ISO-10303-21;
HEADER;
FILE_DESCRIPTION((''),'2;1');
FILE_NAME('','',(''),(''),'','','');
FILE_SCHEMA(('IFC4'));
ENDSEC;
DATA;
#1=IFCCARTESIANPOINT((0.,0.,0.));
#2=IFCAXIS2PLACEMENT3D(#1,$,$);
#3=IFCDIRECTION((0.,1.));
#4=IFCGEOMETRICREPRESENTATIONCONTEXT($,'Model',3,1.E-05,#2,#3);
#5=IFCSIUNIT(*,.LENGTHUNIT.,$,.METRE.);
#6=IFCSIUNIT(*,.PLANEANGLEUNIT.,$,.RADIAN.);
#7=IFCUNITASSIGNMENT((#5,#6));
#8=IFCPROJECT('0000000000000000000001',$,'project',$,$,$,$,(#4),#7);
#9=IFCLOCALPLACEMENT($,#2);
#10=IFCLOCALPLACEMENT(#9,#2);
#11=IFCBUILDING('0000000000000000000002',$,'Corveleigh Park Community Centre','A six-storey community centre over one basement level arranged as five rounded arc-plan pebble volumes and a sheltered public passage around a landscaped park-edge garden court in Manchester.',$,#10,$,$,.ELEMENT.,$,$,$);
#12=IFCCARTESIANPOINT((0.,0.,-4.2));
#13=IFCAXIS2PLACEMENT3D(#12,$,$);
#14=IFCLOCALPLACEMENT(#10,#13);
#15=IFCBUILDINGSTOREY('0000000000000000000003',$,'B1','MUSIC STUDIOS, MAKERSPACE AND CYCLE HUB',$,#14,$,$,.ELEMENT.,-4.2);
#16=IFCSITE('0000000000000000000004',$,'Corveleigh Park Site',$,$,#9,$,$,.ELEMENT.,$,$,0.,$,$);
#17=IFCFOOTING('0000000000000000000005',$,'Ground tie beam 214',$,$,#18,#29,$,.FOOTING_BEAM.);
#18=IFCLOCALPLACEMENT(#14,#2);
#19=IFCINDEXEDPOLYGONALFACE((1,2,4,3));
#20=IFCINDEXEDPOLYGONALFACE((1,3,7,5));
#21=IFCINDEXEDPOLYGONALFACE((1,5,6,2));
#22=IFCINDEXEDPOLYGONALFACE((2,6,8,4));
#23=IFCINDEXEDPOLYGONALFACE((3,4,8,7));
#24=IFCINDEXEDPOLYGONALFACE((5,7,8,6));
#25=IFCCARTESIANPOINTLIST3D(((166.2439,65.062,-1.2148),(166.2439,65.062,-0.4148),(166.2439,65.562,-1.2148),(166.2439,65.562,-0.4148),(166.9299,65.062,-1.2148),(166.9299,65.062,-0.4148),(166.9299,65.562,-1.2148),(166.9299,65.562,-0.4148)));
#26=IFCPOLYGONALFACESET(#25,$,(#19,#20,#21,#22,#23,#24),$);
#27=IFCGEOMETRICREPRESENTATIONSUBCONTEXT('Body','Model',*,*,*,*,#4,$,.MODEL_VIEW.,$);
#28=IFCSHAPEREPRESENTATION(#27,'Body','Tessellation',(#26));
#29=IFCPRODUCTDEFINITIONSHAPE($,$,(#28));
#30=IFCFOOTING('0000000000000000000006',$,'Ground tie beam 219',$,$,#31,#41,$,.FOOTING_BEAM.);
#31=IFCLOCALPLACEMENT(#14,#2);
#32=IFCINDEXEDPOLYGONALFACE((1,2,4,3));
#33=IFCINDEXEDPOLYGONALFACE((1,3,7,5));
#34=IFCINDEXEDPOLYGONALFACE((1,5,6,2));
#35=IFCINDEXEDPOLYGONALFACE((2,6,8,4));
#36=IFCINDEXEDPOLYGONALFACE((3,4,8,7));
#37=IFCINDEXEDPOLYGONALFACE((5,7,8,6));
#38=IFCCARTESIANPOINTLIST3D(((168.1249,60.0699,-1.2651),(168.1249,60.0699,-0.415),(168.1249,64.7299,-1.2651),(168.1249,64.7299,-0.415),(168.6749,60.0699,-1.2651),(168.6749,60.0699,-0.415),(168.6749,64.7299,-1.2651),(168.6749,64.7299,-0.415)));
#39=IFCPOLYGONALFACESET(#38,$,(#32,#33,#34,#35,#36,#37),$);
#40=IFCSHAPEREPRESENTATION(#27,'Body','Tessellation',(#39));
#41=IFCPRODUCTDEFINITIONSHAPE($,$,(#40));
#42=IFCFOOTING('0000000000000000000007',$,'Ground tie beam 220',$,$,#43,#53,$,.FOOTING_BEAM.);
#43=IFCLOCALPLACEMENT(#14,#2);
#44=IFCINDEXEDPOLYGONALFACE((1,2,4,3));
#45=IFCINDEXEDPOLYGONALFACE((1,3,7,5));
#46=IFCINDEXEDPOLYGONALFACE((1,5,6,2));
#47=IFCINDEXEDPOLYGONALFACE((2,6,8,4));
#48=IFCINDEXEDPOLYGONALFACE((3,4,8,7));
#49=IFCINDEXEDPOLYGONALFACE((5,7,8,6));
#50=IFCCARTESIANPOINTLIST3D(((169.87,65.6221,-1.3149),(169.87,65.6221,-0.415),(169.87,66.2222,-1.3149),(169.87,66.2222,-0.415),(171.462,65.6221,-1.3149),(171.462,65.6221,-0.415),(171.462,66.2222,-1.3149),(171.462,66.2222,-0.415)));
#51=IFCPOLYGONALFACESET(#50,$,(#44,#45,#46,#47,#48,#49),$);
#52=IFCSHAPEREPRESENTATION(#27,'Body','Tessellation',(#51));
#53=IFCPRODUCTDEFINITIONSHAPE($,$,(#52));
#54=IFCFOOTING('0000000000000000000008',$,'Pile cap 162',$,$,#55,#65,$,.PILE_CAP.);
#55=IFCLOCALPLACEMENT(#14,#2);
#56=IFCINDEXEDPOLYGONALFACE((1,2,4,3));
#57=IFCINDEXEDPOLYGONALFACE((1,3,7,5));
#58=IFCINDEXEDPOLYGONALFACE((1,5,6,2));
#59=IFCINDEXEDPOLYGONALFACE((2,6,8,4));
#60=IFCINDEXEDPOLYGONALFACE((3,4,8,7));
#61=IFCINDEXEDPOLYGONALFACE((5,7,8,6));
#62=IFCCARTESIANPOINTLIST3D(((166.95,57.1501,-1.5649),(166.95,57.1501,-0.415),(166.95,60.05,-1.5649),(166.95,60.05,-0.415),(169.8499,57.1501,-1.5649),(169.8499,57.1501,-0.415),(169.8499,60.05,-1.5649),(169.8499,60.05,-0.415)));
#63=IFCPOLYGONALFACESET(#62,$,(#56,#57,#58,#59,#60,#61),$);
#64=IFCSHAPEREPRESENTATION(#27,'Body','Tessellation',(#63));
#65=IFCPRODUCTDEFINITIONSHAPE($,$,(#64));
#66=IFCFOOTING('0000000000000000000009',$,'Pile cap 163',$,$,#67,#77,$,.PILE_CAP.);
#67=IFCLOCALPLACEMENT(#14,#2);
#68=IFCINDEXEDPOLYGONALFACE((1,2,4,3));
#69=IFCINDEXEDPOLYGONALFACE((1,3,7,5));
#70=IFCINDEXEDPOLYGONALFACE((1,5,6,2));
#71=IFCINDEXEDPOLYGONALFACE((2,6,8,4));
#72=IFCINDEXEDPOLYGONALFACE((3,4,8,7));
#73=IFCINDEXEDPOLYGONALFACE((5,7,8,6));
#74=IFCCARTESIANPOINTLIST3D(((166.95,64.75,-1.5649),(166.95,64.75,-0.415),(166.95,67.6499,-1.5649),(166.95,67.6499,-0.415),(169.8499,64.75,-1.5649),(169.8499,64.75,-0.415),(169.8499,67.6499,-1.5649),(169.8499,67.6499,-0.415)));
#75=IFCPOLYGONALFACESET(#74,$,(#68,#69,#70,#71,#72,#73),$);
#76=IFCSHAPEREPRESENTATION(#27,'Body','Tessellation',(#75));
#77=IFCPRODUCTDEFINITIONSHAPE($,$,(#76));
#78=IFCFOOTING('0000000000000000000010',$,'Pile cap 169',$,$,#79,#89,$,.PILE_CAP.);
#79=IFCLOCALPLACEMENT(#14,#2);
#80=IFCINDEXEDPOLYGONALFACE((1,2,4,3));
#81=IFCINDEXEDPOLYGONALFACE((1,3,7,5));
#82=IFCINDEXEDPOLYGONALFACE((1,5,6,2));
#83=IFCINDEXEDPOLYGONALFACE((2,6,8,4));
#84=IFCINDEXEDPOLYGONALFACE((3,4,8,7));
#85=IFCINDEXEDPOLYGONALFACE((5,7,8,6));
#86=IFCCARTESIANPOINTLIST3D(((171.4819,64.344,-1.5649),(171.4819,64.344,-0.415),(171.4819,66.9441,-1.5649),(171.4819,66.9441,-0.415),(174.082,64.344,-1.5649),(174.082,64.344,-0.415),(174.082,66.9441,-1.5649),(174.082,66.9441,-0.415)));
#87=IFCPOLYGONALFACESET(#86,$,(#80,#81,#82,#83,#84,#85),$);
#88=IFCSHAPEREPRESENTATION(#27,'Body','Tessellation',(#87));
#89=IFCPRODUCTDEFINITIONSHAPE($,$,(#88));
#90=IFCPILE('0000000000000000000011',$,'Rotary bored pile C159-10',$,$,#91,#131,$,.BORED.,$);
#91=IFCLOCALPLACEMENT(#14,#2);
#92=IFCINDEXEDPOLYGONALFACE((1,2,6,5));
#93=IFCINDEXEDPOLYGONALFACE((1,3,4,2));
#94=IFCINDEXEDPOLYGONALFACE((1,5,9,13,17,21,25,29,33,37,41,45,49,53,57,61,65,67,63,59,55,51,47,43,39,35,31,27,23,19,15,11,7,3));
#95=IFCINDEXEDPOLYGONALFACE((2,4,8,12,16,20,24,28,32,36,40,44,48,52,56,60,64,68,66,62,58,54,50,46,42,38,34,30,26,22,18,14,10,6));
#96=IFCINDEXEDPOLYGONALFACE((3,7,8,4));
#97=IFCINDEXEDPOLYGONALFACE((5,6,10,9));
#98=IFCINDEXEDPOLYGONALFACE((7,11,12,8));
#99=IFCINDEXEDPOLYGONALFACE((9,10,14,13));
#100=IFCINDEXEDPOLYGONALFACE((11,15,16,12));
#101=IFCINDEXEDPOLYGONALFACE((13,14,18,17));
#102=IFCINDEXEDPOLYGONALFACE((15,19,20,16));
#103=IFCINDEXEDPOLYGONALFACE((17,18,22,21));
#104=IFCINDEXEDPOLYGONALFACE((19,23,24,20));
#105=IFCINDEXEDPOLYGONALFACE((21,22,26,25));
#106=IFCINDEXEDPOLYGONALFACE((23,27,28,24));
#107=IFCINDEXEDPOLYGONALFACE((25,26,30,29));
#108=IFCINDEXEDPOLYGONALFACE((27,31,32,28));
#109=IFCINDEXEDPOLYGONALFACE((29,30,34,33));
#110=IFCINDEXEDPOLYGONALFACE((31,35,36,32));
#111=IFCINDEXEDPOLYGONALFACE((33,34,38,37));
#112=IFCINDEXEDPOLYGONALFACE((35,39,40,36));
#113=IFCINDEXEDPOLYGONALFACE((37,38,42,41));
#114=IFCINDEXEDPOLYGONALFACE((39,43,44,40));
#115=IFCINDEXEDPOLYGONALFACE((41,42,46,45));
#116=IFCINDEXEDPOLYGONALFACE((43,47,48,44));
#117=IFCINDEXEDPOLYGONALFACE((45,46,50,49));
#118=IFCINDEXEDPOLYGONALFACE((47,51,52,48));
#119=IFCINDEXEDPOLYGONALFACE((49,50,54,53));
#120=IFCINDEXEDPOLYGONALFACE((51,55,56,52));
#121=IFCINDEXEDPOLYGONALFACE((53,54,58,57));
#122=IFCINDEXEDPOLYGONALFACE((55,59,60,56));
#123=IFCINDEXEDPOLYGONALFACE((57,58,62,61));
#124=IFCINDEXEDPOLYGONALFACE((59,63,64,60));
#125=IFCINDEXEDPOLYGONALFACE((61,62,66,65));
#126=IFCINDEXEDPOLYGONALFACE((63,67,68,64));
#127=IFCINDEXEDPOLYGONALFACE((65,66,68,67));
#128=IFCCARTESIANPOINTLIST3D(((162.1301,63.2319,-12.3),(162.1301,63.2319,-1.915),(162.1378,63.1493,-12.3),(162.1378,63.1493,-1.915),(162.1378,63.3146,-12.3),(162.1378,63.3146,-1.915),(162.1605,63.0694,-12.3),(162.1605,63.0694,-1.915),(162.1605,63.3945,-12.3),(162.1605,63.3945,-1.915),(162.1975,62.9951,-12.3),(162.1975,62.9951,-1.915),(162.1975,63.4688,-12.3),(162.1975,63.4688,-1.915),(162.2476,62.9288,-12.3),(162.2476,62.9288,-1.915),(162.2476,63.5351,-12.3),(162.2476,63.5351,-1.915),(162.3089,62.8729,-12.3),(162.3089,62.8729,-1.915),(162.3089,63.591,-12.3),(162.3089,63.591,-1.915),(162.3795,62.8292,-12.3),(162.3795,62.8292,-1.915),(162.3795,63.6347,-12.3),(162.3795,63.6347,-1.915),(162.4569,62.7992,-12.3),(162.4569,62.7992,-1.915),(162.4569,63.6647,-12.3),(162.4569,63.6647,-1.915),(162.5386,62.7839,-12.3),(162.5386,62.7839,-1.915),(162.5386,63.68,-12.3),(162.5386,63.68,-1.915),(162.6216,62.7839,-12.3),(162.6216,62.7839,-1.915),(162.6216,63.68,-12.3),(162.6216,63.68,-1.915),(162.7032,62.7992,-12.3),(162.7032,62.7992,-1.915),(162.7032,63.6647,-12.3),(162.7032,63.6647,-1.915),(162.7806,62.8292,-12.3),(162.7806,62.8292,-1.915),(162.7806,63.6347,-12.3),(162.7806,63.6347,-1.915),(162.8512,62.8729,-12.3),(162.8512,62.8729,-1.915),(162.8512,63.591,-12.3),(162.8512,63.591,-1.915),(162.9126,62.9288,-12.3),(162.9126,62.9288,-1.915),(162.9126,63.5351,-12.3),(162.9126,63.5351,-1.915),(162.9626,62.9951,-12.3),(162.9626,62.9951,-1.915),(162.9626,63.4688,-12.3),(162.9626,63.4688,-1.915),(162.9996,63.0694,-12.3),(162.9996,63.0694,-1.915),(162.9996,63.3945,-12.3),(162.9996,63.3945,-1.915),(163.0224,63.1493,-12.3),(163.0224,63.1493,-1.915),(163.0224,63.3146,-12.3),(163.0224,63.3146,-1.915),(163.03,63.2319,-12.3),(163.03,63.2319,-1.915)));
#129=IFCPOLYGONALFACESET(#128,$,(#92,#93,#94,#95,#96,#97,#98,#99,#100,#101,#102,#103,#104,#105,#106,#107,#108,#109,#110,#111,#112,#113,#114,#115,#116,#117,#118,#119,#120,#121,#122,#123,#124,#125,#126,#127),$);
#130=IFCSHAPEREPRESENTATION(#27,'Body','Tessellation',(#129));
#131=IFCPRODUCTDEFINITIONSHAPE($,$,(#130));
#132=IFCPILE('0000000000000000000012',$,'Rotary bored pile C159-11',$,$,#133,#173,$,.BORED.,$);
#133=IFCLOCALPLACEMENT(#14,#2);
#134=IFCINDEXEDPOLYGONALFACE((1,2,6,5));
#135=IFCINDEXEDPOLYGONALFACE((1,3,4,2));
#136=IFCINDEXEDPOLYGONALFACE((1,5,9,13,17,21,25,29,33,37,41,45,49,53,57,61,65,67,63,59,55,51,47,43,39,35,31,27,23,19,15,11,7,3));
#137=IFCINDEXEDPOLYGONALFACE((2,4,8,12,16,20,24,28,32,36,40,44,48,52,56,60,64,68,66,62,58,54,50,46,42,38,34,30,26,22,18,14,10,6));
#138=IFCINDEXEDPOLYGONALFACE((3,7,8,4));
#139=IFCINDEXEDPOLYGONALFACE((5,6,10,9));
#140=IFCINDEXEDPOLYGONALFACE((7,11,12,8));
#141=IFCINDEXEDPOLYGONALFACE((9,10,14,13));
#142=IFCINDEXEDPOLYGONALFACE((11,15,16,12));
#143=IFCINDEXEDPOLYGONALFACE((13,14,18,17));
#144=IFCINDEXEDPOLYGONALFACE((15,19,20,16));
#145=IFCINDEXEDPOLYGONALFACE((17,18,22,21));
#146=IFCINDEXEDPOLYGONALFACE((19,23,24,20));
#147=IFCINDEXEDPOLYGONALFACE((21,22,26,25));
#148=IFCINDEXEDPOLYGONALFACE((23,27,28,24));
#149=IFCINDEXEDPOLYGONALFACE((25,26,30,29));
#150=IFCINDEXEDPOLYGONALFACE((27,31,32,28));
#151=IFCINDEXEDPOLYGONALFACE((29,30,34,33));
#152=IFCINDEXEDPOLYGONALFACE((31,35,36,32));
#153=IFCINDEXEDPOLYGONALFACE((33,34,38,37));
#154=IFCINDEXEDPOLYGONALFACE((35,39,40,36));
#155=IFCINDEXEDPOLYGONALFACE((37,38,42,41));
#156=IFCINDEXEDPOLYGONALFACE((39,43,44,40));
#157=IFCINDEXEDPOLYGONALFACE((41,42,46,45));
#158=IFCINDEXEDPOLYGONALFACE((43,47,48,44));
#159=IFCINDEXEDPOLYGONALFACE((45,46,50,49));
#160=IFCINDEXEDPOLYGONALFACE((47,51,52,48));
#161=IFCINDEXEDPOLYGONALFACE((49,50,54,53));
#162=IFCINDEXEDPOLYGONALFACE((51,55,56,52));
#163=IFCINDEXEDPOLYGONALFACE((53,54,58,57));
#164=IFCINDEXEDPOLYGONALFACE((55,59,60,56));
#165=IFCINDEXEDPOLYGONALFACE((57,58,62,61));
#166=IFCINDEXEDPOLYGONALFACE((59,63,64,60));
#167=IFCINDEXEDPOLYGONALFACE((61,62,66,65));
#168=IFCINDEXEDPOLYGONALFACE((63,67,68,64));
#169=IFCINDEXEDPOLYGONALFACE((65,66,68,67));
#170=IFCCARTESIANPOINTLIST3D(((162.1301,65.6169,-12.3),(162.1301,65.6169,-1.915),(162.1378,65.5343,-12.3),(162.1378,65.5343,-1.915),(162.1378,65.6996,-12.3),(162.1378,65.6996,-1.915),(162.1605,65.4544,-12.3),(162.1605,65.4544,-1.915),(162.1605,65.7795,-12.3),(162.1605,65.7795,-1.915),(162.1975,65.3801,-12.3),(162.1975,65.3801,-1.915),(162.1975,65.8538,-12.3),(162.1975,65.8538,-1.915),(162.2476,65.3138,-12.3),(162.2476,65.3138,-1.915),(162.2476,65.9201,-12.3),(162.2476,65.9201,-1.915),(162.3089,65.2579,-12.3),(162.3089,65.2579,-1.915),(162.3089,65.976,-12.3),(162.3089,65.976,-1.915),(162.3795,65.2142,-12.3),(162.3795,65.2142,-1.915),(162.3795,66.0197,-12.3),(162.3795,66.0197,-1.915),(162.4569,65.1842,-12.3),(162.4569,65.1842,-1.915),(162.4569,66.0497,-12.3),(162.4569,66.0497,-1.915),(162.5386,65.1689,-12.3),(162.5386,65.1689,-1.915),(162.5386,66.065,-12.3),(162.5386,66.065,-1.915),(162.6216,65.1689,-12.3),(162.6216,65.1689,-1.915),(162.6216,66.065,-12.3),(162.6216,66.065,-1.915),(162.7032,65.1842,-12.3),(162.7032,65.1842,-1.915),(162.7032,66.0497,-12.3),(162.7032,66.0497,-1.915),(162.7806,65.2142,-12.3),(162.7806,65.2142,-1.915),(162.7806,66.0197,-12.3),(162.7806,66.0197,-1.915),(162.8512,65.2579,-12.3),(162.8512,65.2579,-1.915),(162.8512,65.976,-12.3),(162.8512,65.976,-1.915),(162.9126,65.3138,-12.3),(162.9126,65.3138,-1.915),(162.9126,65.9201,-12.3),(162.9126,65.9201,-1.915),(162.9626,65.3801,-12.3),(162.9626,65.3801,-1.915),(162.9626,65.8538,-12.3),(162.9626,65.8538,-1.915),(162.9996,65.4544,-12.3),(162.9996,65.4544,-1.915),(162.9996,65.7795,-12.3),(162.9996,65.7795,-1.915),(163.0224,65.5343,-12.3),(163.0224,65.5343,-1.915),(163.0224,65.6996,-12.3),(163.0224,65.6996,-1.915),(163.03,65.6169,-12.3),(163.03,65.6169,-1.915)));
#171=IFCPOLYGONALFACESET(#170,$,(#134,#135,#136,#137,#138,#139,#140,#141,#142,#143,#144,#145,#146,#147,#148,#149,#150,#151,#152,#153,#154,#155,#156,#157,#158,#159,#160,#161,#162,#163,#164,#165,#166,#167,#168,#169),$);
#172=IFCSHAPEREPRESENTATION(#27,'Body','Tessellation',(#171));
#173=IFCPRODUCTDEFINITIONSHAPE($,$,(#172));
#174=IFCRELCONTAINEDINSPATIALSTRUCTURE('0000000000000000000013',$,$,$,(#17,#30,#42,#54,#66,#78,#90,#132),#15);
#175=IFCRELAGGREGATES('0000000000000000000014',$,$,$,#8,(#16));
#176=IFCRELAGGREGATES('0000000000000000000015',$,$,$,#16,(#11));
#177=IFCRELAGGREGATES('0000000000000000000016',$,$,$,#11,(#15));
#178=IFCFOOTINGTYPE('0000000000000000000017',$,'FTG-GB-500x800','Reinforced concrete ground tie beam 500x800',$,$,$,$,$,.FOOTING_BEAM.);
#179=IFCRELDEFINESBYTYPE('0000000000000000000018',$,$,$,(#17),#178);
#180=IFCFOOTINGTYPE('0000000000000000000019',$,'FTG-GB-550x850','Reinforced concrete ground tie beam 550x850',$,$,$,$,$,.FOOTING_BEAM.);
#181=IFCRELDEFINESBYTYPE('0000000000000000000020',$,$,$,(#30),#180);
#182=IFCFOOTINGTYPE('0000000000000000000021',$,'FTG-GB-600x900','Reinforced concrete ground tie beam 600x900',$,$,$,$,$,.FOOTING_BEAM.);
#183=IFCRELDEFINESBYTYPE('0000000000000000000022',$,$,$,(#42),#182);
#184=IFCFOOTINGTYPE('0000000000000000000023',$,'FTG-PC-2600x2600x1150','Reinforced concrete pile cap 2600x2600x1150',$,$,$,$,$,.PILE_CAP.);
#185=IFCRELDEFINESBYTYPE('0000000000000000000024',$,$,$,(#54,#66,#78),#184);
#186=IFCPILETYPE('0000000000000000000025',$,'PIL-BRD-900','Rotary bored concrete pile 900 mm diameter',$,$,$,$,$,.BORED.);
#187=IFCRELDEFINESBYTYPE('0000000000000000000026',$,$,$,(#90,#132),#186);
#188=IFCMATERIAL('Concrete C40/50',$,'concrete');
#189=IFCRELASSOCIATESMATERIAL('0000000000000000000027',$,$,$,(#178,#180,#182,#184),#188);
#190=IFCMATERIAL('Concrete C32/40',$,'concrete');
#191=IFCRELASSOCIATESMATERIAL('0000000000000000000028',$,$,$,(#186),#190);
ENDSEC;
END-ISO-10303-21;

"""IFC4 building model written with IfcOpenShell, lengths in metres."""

from ifc_helpers import new_model, si_unit, direction, frame, origin, origin_2d, place, context, subcontext, project, spatial, rectangle, circle, extrude, material, material_profile, profile_set, type_object, element, save


model = new_model("IFC4")

# Units and contexts
model_context = context("Model", 3, precision=1e-05, world=origin(), true_north=direction((0.0, 1.0)))
body_context = subcontext(model_context, "Body", "Model", "MODEL_VIEW")
ifc_project = project(units=[si_unit("LENGTHUNIT", "METRE"), si_unit("PLANEANGLEUNIT", "RADIAN")], contexts=[model_context])

# Site, building, storey
site_placement = place(None, origin())
site = spatial("IfcSite", under=ifc_project, at=site_placement, Name="Corveleigh Park Site", CompositionType="ELEMENT", RefElevation=0.0)
building_placement = place(site_placement, origin())
building = spatial("IfcBuilding", under=site, at=building_placement, Name="Corveleigh Park Community Centre", Description="A six-storey community centre over one basement level arranged as five rounded arc-plan pebble volumes and a sheltered public passage around a landscaped park-edge garden court in Manchester.", CompositionType="ELEMENT")
storey_placement = place(building_placement, frame((0.0, 0.0, -4.2)))
storey = spatial("IfcBuildingStorey", under=building, at=storey_placement, Name="B1", Description="MUSIC STUDIOS, MAKERSPACE AND CYCLE HUB", CompositionType="ELEMENT", Elevation=-4.2)

# Footings
ifc_material_1 = material(Name="Concrete C40/50", Category="concrete")
footing_type_1 = type_object("IfcFootingType", Name="FTG-GB-500x800", Description="Reinforced concrete ground tie beam 500x800", PredefinedType="FOOTING_BEAM", material=ifc_material_1)
footing_1_placement = place(storey_placement, frame((166.5869, 65.312, -1.2148), z_axis=(0.0, 0.0, 1.0), x_axis=(1.0, 0.0, 0.0)))
element("IfcFooting", 1, at=footing_1_placement, inside=storey, type_object=footing_type_1, Name="Ground tie beam 214", PredefinedType="FOOTING_BEAM", context=body_context, shape_type="SweptSolid", body=[
    extrude(rectangle(XDim=0.686, YDim=0.5, at=origin_2d()), origin(), (0.0, 0.0, 1.0), 0.8),
])
footing_type_2 = type_object("IfcFootingType", Name="FTG-GB-550x850", Description="Reinforced concrete ground tie beam 550x850", PredefinedType="FOOTING_BEAM", material=ifc_material_1)
footing_2_placement = place(storey_placement, frame((168.3999, 62.3999, -1.2651), z_axis=(0.0, 0.0, 1.0), x_axis=(1.0, 0.0, 0.0)))
element("IfcFooting", 2, at=footing_2_placement, inside=storey, type_object=footing_type_2, Name="Ground tie beam 219", PredefinedType="FOOTING_BEAM", context=body_context, shape_type="SweptSolid", body=[
    extrude(rectangle(XDim=0.55, YDim=4.6599, at=origin_2d()), origin(), (0.0, 0.0, 1.0), 0.8501),
])
footing_type_3 = type_object("IfcFootingType", Name="FTG-GB-600x900", Description="Reinforced concrete ground tie beam 600x900", PredefinedType="FOOTING_BEAM", material=ifc_material_1)
footing_3_placement = place(storey_placement, frame((170.666, 65.9221, -1.3149), z_axis=(0.0, 0.0, 1.0), x_axis=(1.0, 0.0, 0.0)))
element("IfcFooting", 3, at=footing_3_placement, inside=storey, type_object=footing_type_3, Name="Ground tie beam 220", PredefinedType="FOOTING_BEAM", context=body_context, shape_type="SweptSolid", body=[
    extrude(rectangle(XDim=1.592, YDim=0.6001, at=origin_2d()), origin(), (0.0, 0.0, 1.0), 0.8999),
])
footing_type_4 = type_object("IfcFootingType", Name="FTG-PC-2600x2600x1150", Description="Reinforced concrete pile cap 2600x2600x1150", PredefinedType="PILE_CAP", material=ifc_material_1)
for number, where, z_axis, x_axis, name in (
    (4, (168.3999, 58.6001, -1.5649), (0.0, 0.0, 1.0), (1.0, 0.0, 0.0), "Pile cap 162"),
    (5, (168.3999, 66.2, -1.5649), (0.0, 0.0, 1.0), (1.0, 0.0, 0.0), "Pile cap 163"),
):
    element("IfcFooting", number, at=place(storey_placement, frame(where, z_axis=z_axis, x_axis=x_axis)), inside=storey, type_object=footing_type_4, Name=name, PredefinedType="PILE_CAP", context=body_context, shape_type="SweptSolid", body=[
        extrude(rectangle(XDim=2.8999, YDim=2.8999, at=origin_2d()), origin(), (0.0, 0.0, 1.0), 1.1499),
    ])
footing_4_placement = place(storey_placement, frame((172.782, 65.644, -1.5649), z_axis=(0.0, 0.0, 1.0), x_axis=(1.0, 0.0, 0.0)))
element("IfcFooting", 6, at=footing_4_placement, inside=storey, type_object=footing_type_4, Name="Pile cap 169", PredefinedType="PILE_CAP", context=body_context, shape_type="SweptSolid", body=[
    extrude(rectangle(XDim=2.6001, YDim=2.6001, at=origin_2d()), origin(), (0.0, 0.0, 1.0), 1.1499),
])

# Piles
ifc_material_2 = material(Name="Concrete C32/40", Category="concrete")
ifc_material_profile_1 = material_profile(ifc_material_2, circle(Radius=0.45, at=origin_2d()), Name="BORED-PILE-900", Category="concrete")
ifc_profile_set_1 = profile_set([ifc_material_profile_1], Name="Concrete C32/40")
pile_type = type_object("IfcPileType", Name="PIL-BRD-900", Description="Rotary bored concrete pile 900 mm diameter", PredefinedType="BORED", material=ifc_profile_set_1)
for number, where, z_axis, x_axis, name in (
    (7, (162.5801, 63.2319, -1.915), (0.0, 0.0, -1.0), (1.0, 0.0, 0.0), "Rotary bored pile C159-10"),
    (8, (162.5801, 65.6169, -1.915), (0.0, 0.0, -1.0), (1.0, 0.0, 0.0), "Rotary bored pile C159-11"),
):
    element("IfcPile", number, at=place(storey_placement, frame(where, z_axis=z_axis, x_axis=x_axis)), inside=storey, type_object=pile_type, Name=name, PredefinedType="BORED", context=body_context, shape_type="SweptSolid", body=[
        extrude(circle(Radius=0.45, at=origin_2d()), origin(), (0.0, 0.0, 1.0), 10.385),
    ])

save(model, "model.ifc")
